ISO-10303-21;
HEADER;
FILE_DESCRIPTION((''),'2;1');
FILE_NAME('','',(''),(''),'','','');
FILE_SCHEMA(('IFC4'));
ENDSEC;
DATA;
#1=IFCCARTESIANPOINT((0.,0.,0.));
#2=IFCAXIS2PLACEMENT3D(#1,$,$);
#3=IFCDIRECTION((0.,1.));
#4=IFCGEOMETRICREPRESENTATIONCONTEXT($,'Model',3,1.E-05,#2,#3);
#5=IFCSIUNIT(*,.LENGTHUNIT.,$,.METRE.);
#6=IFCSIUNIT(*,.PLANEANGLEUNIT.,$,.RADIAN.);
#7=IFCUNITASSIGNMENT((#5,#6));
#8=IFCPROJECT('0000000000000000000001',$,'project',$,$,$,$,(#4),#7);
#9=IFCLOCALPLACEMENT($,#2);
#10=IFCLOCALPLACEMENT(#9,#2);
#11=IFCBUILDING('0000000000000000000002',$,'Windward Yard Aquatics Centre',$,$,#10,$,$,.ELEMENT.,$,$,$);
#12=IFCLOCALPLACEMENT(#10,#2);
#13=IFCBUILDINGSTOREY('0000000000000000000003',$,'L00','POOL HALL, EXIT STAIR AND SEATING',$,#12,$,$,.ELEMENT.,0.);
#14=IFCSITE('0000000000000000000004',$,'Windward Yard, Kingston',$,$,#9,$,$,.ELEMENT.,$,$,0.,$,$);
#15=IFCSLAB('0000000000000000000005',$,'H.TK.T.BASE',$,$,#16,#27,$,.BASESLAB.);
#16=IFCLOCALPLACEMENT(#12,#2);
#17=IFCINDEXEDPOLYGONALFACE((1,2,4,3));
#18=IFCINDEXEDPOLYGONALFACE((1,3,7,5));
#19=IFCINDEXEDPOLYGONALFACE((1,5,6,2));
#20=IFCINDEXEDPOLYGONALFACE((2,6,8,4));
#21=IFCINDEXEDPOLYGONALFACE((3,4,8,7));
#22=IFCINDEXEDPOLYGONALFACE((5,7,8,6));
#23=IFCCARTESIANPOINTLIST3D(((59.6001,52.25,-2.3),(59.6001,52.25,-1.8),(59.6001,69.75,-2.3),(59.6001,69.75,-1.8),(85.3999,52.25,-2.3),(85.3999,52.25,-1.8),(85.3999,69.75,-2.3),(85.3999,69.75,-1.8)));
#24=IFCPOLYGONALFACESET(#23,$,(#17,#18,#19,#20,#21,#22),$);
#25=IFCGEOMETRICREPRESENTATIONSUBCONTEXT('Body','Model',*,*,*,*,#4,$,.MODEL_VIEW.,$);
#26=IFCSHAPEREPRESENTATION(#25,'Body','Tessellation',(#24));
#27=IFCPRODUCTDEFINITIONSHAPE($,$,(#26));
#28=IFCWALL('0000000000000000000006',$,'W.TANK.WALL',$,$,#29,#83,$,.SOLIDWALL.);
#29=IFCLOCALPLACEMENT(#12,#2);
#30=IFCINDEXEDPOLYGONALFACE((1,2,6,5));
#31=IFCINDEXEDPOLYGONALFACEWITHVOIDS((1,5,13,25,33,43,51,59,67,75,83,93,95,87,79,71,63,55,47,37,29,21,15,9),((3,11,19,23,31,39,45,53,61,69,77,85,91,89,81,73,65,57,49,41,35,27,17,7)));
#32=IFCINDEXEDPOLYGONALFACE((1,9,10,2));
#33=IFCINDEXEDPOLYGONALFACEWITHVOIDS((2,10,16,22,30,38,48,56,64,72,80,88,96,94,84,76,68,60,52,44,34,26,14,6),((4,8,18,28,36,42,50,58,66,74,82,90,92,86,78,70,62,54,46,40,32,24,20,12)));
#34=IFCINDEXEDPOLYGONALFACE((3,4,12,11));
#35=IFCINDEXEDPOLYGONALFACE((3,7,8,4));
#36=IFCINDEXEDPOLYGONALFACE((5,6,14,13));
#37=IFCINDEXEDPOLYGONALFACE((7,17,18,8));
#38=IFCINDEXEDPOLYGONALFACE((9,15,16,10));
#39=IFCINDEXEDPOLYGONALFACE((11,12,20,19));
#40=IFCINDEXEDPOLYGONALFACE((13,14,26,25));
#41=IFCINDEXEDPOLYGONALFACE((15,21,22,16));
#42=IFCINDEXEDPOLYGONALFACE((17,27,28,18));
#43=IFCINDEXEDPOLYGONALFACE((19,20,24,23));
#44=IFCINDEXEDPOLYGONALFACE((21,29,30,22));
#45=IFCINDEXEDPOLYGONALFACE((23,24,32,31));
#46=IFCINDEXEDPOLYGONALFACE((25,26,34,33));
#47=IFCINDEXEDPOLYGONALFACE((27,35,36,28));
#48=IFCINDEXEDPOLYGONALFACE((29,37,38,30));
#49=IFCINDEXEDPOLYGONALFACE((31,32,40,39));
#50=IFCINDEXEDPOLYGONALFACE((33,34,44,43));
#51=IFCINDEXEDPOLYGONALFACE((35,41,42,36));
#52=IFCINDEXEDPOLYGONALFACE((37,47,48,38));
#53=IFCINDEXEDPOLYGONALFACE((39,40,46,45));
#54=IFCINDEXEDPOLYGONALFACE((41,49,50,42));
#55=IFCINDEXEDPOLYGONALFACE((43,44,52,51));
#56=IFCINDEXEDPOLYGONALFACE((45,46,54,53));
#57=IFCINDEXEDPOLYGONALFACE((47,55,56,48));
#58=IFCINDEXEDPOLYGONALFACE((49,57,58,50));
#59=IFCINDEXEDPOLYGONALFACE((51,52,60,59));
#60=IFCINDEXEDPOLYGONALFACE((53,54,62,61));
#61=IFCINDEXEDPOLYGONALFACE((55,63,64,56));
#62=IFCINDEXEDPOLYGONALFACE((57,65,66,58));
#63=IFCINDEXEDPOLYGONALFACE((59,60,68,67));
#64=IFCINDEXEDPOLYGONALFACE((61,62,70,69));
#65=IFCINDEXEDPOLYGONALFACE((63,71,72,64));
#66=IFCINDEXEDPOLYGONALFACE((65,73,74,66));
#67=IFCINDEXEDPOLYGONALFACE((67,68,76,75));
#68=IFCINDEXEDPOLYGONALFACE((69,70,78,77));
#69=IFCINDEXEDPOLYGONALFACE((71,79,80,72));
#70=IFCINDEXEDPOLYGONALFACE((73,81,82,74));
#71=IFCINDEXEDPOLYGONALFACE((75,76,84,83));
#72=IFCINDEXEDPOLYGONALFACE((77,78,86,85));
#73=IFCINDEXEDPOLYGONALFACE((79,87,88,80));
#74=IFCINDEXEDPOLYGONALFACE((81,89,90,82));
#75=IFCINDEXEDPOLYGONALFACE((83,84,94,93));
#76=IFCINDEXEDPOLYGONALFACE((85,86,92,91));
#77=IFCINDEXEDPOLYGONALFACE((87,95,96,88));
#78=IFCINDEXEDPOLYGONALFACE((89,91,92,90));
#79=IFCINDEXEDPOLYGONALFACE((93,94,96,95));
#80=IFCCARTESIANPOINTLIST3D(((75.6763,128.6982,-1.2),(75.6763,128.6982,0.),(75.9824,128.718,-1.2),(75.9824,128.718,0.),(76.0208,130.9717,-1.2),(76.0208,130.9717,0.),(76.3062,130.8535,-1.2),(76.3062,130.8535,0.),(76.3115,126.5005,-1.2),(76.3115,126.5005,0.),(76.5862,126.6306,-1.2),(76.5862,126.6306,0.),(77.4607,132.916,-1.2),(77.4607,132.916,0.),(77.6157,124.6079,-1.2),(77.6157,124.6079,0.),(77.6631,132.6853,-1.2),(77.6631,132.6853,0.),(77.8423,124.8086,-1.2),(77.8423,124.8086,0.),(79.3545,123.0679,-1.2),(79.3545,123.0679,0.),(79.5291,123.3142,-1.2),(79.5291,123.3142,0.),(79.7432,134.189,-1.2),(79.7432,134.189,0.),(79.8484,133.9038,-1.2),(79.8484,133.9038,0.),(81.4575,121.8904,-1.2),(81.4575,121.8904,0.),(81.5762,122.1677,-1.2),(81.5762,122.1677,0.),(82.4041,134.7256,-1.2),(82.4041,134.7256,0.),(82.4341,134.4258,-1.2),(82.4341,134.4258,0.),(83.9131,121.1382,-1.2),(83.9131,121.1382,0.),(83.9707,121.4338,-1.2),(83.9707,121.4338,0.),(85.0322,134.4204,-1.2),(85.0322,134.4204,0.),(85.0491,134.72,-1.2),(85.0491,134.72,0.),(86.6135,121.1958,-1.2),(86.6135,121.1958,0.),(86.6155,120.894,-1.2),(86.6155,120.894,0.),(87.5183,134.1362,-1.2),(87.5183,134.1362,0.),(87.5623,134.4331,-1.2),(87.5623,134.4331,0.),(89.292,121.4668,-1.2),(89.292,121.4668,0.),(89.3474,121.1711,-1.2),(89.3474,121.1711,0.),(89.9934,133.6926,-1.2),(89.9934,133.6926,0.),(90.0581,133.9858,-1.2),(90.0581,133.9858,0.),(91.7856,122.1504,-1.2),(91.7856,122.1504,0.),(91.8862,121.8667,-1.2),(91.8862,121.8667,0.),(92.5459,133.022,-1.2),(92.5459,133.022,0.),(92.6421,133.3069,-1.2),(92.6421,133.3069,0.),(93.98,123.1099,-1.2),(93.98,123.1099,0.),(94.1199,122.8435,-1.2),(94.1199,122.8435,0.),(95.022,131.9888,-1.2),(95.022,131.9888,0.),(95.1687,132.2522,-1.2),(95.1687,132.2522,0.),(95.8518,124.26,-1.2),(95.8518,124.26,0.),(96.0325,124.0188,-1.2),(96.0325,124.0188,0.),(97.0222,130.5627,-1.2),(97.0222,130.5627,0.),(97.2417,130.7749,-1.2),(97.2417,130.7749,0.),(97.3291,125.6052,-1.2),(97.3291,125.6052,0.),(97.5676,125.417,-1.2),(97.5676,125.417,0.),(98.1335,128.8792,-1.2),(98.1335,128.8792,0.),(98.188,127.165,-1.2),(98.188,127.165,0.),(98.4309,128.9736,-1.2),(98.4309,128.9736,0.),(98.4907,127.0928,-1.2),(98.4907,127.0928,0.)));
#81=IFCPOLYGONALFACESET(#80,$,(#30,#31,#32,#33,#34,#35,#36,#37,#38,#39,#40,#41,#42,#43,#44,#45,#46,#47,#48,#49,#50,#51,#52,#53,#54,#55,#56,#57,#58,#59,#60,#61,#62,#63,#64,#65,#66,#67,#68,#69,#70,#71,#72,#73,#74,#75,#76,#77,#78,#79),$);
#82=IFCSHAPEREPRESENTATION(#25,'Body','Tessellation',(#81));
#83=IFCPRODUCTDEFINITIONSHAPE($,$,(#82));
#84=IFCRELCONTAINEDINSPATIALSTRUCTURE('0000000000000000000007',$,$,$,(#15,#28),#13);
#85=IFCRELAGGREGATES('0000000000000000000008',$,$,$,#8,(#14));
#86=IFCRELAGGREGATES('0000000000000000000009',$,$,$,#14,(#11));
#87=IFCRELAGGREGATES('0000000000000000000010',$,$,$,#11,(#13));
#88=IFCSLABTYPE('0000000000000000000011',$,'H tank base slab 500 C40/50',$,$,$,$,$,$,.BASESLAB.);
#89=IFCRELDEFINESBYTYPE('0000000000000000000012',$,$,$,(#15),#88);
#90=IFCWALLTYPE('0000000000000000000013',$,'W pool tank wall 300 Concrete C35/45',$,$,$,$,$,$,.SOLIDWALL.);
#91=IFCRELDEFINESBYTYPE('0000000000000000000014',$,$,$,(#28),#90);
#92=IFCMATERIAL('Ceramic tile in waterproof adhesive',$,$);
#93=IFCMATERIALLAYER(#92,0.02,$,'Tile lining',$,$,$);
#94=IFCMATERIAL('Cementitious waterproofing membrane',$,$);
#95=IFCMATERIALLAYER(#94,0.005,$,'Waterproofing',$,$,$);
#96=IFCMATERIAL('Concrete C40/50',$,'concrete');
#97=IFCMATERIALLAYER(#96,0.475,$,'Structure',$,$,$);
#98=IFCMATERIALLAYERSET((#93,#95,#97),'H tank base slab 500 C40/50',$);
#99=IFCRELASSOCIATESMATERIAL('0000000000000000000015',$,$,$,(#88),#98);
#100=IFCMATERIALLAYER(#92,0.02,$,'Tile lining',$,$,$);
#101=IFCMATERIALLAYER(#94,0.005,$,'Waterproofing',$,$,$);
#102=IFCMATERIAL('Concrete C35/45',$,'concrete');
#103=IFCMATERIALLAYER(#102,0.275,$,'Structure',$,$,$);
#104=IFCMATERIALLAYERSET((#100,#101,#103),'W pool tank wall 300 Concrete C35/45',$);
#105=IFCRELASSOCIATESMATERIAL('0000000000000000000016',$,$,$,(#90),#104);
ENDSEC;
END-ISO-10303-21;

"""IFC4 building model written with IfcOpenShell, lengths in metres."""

from ifc_helpers import new_model, si_unit, direction, frame, origin, place, context, subcontext, project, spatial, polyline, outline, extrude, material, layer, layer_set, type_object, element, save


model = new_model("IFC4")

# Units and contexts
model_context = context("Model", 3, precision=1e-05, world=origin(), true_north=direction((0.0, 1.0)))
body_context = subcontext(model_context, "Body", "Model", "MODEL_VIEW")
ifc_project = project(units=[si_unit("LENGTHUNIT", "METRE"), si_unit("PLANEANGLEUNIT", "RADIAN")], contexts=[model_context])

# Site, building, storey
site_placement = place(None, origin())
site = spatial("IfcSite", under=ifc_project, at=site_placement, Name="Windward Yard, Kingston", CompositionType="ELEMENT", RefElevation=0.0)
building_placement = place(site_placement, origin())
building = spatial("IfcBuilding", under=site, at=building_placement, Name="Windward Yard Aquatics Centre", CompositionType="ELEMENT")
storey_placement = place(building_placement, origin())
storey = spatial("IfcBuildingStorey", under=building, at=storey_placement, Name="L00", Description="POOL HALL, EXIT STAIR AND SEATING", CompositionType="ELEMENT", Elevation=0.0)

# Shared definitions
ifc_material_1 = material(Name="Concrete C40/50", Category="concrete")
ifc_material_2 = material(Name="Concrete C35/45", Category="concrete")

# Slab
ifc_material_3 = material(Name="Ceramic tile in waterproof adhesive")
ifc_material_4 = material(Name="Cementitious waterproofing membrane")
ifc_layer_1 = layer(ifc_material_3, 0.02, Name="Tile lining")
ifc_layer_2 = layer(ifc_material_4, 0.005, Name="Waterproofing")
ifc_layer_3 = layer(ifc_material_1, 0.475, Name="Structure")
ifc_layer_set_1 = layer_set([ifc_layer_1, ifc_layer_2, ifc_layer_3], Name="H tank base slab 500 C40/50")
slab_type_1 = type_object("IfcSlabType", Name="H tank base slab 500 C40/50", PredefinedType="BASESLAB", material=ifc_layer_set_1)
slab_1_placement = place(storey_placement, frame((0.0, 0.0, -2.3)))
element("IfcSlab", 1, at=slab_1_placement, inside=storey, type_object=slab_type_1, Name="H.TK.T.BASE", PredefinedType="BASESLAB", context=body_context, shape_type="SweptSolid", body=[
    extrude(outline(polyline([(59.6001, 52.25), (85.3999, 52.25), (85.3999, 69.75), (59.6001, 69.75), (59.6001, 52.25)])), origin(), (0.0, 0.0, 1.0), 0.5),
])

# Wall
ifc_layer_4 = layer(ifc_material_3, 0.02, Name="Tile lining")
ifc_layer_5 = layer(ifc_material_4, 0.005, Name="Waterproofing")
ifc_layer_6 = layer(ifc_material_2, 0.275, Name="Structure")
ifc_layer_set_2 = layer_set([ifc_layer_4, ifc_layer_5, ifc_layer_6], Name="W pool tank wall 300 Concrete C35/45")
wall_type = type_object("IfcWallType", Name="W pool tank wall 300 Concrete C35/45", PredefinedType="SOLIDWALL", material=ifc_layer_set_2)
wall_placement = place(storey_placement, frame((0.0, 0.0, -1.2)))
element("IfcWall", 2, at=wall_placement, inside=storey, type_object=wall_type, Name="W.TANK.WALL", PredefinedType="SOLIDWALL", context=body_context, shape_type="SweptSolid", body=[
    extrude(outline(polyline([(75.6763, 128.6982), (76.0208, 130.9717), (77.4607, 132.916), (79.7432, 134.189), (82.4041, 134.7256), (85.0491, 134.72), (87.5623, 134.4331), (90.0581, 133.9858), (92.6421, 133.3069), (95.1687, 132.2522), (97.2417, 130.7749), (98.4309, 128.9736), (98.4907, 127.0928), (97.5676, 125.417), (96.0325, 124.0188), (94.1199, 122.8435), (91.8862, 121.8667), (89.3474, 121.1711), (86.6155, 120.894), (83.9131, 121.1382), (81.4575, 121.8904), (79.3545, 123.0679), (77.6157, 124.6079), (76.3115, 126.5005), (75.6763, 128.6982)]), holes=[polyline([(75.9824, 128.718), (76.5862, 126.6306), (77.8423, 124.8086), (79.5291, 123.3142), (81.5762, 122.1677), (83.9707, 121.4338), (86.6135, 121.1958), (89.292, 121.4668), (91.7856, 122.1504), (93.98, 123.1099), (95.8518, 124.26), (97.3291, 125.6052), (98.188, 127.165), (98.1335, 128.8792), (97.0222, 130.5627), (95.022, 131.9888), (92.5459, 133.022), (89.9934, 133.6926), (87.5183, 134.1362), (85.0322, 134.4204), (82.4341, 134.4258), (79.8484, 133.9038), (77.6631, 132.6853), (76.3062, 130.8535), (75.9824, 128.718)])]), origin(), (0.0, 0.0, 1.0), 1.2),
])

save(model, "model.ifc")
